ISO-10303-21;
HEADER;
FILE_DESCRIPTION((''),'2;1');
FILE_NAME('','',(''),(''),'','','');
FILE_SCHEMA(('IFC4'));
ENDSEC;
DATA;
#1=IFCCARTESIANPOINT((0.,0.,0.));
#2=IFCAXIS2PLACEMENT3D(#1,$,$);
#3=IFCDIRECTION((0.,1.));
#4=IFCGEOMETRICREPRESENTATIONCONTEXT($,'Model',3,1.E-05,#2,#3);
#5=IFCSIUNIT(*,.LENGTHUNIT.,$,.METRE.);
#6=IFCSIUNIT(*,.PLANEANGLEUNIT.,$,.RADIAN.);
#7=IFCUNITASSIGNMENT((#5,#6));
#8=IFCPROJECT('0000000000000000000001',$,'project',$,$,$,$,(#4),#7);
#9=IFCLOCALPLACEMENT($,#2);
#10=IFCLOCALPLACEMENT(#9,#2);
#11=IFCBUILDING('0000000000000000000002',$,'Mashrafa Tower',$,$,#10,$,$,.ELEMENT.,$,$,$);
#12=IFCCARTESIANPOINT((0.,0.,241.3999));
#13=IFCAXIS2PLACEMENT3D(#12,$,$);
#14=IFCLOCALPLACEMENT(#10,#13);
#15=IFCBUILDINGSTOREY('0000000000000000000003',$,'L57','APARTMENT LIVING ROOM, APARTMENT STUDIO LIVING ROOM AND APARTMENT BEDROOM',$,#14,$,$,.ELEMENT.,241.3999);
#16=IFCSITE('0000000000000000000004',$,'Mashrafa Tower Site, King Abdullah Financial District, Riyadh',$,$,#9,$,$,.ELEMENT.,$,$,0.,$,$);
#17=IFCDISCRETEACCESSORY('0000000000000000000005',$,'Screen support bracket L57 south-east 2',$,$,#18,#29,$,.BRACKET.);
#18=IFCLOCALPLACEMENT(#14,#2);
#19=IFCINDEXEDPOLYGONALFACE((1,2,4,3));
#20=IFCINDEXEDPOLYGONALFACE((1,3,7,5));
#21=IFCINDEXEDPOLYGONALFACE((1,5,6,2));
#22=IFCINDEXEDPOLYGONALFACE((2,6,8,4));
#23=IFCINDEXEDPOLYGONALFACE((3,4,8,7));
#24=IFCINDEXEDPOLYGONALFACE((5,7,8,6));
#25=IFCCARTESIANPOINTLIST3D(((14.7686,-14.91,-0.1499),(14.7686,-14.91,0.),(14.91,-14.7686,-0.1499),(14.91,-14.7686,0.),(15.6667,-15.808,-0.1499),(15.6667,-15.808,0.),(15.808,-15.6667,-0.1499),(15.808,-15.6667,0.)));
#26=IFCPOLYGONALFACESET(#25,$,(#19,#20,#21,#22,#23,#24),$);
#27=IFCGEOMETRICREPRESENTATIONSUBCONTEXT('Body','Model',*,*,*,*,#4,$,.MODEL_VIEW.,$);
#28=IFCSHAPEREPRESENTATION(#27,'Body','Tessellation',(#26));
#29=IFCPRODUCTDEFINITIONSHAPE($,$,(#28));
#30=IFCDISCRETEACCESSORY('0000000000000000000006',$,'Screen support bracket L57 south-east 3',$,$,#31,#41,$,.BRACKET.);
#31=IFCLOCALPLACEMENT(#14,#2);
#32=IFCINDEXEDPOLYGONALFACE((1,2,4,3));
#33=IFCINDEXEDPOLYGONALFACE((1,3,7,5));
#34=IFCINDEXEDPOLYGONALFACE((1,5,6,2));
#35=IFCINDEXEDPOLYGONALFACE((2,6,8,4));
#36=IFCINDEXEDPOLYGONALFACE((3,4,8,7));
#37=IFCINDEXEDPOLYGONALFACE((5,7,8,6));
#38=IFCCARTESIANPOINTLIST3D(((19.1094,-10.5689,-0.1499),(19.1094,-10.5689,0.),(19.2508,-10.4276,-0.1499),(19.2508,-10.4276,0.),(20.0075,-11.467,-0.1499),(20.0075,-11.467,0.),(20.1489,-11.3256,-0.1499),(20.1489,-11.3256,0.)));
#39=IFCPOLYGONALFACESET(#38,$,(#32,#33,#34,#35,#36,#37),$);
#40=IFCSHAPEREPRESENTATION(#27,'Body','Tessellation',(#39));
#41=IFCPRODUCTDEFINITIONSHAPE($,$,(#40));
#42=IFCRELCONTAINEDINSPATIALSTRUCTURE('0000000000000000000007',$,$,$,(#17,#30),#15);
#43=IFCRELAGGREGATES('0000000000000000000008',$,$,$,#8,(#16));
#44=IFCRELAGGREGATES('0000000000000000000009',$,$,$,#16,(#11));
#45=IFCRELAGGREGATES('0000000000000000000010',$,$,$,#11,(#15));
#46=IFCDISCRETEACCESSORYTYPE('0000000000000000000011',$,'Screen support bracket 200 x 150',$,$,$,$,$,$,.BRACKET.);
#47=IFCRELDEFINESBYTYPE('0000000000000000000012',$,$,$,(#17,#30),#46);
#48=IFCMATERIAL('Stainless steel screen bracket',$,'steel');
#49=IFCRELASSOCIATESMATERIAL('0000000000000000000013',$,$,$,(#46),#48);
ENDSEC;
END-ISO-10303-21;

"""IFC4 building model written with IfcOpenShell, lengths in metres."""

from ifc_helpers import new_model, si_unit, direction, frame, origin, origin_2d, place, context, subcontext, project, spatial, rectangle, extrude, source, transform, mapped, material, type_object, type_shapes, element, save


model = new_model("IFC4")

# Units and contexts
model_context = context("Model", 3, precision=1e-05, world=origin(), true_north=direction((0.0, 1.0)))
body_context = subcontext(model_context, "Body", "Model", "MODEL_VIEW")
ifc_project = project(units=[si_unit("LENGTHUNIT", "METRE"), si_unit("PLANEANGLEUNIT", "RADIAN")], contexts=[model_context])

# Site, building, storey
site_placement = place(None, origin())
site = spatial("IfcSite", under=ifc_project, at=site_placement, Name="Mashrafa Tower Site, King Abdullah Financial District, Riyadh", CompositionType="ELEMENT", RefElevation=0.0)
building_placement = place(site_placement, origin())
building = spatial("IfcBuilding", under=site, at=building_placement, Name="Mashrafa Tower", CompositionType="ELEMENT")
storey_placement = place(building_placement, frame((0.0, 0.0, 241.3999)))
storey = spatial("IfcBuildingStorey", under=building, at=storey_placement, Name="L57", Description="APARTMENT LIVING ROOM, APARTMENT STUDIO LIVING ROOM AND APARTMENT BEDROOM", CompositionType="ELEMENT", Elevation=241.3999)

# Discrete accessories
ifc_material_1 = material(Name="Stainless steel screen bracket", Category="steel")
discrete_accessory_type = type_object("IfcDiscreteAccessoryType", Name="Screen support bracket 200 x 150", PredefinedType="BRACKET", material=ifc_material_1)
shared_shape_1 = source(origin(), body_context, "Body", "SweptSolid", [
    extrude(rectangle(XDim=0.2, YDim=1.27, at=origin_2d()), origin(), (0.0, 0.0, 1.0), 0.1499),
])
type_shapes(discrete_accessory_type, [shared_shape_1])
for number, where, z_axis, x_axis, name in (
    (1, (15.2883, -15.2883, -0.1499), (0.0, 0.0, 1.0), (0.707107, 0.707107, 0.0), "Screen support bracket L57 south-east 2"),
    (2, (19.6292, -10.9473, -0.1499), (0.0, 0.0, 1.0), (0.707107, 0.707107, 0.0), "Screen support bracket L57 south-east 3"),
):
    element("IfcDiscreteAccessory", number, at=place(storey_placement, frame(where, z_axis=z_axis, x_axis=x_axis)), inside=storey, type_object=discrete_accessory_type, Name=name, PredefinedType="BRACKET", context=body_context, shape_type="MappedRepresentation", body=[
        mapped(shared_shape_1, transform((0.0, 0.0, 0.0))),
    ])

save(model, "model.ifc")
